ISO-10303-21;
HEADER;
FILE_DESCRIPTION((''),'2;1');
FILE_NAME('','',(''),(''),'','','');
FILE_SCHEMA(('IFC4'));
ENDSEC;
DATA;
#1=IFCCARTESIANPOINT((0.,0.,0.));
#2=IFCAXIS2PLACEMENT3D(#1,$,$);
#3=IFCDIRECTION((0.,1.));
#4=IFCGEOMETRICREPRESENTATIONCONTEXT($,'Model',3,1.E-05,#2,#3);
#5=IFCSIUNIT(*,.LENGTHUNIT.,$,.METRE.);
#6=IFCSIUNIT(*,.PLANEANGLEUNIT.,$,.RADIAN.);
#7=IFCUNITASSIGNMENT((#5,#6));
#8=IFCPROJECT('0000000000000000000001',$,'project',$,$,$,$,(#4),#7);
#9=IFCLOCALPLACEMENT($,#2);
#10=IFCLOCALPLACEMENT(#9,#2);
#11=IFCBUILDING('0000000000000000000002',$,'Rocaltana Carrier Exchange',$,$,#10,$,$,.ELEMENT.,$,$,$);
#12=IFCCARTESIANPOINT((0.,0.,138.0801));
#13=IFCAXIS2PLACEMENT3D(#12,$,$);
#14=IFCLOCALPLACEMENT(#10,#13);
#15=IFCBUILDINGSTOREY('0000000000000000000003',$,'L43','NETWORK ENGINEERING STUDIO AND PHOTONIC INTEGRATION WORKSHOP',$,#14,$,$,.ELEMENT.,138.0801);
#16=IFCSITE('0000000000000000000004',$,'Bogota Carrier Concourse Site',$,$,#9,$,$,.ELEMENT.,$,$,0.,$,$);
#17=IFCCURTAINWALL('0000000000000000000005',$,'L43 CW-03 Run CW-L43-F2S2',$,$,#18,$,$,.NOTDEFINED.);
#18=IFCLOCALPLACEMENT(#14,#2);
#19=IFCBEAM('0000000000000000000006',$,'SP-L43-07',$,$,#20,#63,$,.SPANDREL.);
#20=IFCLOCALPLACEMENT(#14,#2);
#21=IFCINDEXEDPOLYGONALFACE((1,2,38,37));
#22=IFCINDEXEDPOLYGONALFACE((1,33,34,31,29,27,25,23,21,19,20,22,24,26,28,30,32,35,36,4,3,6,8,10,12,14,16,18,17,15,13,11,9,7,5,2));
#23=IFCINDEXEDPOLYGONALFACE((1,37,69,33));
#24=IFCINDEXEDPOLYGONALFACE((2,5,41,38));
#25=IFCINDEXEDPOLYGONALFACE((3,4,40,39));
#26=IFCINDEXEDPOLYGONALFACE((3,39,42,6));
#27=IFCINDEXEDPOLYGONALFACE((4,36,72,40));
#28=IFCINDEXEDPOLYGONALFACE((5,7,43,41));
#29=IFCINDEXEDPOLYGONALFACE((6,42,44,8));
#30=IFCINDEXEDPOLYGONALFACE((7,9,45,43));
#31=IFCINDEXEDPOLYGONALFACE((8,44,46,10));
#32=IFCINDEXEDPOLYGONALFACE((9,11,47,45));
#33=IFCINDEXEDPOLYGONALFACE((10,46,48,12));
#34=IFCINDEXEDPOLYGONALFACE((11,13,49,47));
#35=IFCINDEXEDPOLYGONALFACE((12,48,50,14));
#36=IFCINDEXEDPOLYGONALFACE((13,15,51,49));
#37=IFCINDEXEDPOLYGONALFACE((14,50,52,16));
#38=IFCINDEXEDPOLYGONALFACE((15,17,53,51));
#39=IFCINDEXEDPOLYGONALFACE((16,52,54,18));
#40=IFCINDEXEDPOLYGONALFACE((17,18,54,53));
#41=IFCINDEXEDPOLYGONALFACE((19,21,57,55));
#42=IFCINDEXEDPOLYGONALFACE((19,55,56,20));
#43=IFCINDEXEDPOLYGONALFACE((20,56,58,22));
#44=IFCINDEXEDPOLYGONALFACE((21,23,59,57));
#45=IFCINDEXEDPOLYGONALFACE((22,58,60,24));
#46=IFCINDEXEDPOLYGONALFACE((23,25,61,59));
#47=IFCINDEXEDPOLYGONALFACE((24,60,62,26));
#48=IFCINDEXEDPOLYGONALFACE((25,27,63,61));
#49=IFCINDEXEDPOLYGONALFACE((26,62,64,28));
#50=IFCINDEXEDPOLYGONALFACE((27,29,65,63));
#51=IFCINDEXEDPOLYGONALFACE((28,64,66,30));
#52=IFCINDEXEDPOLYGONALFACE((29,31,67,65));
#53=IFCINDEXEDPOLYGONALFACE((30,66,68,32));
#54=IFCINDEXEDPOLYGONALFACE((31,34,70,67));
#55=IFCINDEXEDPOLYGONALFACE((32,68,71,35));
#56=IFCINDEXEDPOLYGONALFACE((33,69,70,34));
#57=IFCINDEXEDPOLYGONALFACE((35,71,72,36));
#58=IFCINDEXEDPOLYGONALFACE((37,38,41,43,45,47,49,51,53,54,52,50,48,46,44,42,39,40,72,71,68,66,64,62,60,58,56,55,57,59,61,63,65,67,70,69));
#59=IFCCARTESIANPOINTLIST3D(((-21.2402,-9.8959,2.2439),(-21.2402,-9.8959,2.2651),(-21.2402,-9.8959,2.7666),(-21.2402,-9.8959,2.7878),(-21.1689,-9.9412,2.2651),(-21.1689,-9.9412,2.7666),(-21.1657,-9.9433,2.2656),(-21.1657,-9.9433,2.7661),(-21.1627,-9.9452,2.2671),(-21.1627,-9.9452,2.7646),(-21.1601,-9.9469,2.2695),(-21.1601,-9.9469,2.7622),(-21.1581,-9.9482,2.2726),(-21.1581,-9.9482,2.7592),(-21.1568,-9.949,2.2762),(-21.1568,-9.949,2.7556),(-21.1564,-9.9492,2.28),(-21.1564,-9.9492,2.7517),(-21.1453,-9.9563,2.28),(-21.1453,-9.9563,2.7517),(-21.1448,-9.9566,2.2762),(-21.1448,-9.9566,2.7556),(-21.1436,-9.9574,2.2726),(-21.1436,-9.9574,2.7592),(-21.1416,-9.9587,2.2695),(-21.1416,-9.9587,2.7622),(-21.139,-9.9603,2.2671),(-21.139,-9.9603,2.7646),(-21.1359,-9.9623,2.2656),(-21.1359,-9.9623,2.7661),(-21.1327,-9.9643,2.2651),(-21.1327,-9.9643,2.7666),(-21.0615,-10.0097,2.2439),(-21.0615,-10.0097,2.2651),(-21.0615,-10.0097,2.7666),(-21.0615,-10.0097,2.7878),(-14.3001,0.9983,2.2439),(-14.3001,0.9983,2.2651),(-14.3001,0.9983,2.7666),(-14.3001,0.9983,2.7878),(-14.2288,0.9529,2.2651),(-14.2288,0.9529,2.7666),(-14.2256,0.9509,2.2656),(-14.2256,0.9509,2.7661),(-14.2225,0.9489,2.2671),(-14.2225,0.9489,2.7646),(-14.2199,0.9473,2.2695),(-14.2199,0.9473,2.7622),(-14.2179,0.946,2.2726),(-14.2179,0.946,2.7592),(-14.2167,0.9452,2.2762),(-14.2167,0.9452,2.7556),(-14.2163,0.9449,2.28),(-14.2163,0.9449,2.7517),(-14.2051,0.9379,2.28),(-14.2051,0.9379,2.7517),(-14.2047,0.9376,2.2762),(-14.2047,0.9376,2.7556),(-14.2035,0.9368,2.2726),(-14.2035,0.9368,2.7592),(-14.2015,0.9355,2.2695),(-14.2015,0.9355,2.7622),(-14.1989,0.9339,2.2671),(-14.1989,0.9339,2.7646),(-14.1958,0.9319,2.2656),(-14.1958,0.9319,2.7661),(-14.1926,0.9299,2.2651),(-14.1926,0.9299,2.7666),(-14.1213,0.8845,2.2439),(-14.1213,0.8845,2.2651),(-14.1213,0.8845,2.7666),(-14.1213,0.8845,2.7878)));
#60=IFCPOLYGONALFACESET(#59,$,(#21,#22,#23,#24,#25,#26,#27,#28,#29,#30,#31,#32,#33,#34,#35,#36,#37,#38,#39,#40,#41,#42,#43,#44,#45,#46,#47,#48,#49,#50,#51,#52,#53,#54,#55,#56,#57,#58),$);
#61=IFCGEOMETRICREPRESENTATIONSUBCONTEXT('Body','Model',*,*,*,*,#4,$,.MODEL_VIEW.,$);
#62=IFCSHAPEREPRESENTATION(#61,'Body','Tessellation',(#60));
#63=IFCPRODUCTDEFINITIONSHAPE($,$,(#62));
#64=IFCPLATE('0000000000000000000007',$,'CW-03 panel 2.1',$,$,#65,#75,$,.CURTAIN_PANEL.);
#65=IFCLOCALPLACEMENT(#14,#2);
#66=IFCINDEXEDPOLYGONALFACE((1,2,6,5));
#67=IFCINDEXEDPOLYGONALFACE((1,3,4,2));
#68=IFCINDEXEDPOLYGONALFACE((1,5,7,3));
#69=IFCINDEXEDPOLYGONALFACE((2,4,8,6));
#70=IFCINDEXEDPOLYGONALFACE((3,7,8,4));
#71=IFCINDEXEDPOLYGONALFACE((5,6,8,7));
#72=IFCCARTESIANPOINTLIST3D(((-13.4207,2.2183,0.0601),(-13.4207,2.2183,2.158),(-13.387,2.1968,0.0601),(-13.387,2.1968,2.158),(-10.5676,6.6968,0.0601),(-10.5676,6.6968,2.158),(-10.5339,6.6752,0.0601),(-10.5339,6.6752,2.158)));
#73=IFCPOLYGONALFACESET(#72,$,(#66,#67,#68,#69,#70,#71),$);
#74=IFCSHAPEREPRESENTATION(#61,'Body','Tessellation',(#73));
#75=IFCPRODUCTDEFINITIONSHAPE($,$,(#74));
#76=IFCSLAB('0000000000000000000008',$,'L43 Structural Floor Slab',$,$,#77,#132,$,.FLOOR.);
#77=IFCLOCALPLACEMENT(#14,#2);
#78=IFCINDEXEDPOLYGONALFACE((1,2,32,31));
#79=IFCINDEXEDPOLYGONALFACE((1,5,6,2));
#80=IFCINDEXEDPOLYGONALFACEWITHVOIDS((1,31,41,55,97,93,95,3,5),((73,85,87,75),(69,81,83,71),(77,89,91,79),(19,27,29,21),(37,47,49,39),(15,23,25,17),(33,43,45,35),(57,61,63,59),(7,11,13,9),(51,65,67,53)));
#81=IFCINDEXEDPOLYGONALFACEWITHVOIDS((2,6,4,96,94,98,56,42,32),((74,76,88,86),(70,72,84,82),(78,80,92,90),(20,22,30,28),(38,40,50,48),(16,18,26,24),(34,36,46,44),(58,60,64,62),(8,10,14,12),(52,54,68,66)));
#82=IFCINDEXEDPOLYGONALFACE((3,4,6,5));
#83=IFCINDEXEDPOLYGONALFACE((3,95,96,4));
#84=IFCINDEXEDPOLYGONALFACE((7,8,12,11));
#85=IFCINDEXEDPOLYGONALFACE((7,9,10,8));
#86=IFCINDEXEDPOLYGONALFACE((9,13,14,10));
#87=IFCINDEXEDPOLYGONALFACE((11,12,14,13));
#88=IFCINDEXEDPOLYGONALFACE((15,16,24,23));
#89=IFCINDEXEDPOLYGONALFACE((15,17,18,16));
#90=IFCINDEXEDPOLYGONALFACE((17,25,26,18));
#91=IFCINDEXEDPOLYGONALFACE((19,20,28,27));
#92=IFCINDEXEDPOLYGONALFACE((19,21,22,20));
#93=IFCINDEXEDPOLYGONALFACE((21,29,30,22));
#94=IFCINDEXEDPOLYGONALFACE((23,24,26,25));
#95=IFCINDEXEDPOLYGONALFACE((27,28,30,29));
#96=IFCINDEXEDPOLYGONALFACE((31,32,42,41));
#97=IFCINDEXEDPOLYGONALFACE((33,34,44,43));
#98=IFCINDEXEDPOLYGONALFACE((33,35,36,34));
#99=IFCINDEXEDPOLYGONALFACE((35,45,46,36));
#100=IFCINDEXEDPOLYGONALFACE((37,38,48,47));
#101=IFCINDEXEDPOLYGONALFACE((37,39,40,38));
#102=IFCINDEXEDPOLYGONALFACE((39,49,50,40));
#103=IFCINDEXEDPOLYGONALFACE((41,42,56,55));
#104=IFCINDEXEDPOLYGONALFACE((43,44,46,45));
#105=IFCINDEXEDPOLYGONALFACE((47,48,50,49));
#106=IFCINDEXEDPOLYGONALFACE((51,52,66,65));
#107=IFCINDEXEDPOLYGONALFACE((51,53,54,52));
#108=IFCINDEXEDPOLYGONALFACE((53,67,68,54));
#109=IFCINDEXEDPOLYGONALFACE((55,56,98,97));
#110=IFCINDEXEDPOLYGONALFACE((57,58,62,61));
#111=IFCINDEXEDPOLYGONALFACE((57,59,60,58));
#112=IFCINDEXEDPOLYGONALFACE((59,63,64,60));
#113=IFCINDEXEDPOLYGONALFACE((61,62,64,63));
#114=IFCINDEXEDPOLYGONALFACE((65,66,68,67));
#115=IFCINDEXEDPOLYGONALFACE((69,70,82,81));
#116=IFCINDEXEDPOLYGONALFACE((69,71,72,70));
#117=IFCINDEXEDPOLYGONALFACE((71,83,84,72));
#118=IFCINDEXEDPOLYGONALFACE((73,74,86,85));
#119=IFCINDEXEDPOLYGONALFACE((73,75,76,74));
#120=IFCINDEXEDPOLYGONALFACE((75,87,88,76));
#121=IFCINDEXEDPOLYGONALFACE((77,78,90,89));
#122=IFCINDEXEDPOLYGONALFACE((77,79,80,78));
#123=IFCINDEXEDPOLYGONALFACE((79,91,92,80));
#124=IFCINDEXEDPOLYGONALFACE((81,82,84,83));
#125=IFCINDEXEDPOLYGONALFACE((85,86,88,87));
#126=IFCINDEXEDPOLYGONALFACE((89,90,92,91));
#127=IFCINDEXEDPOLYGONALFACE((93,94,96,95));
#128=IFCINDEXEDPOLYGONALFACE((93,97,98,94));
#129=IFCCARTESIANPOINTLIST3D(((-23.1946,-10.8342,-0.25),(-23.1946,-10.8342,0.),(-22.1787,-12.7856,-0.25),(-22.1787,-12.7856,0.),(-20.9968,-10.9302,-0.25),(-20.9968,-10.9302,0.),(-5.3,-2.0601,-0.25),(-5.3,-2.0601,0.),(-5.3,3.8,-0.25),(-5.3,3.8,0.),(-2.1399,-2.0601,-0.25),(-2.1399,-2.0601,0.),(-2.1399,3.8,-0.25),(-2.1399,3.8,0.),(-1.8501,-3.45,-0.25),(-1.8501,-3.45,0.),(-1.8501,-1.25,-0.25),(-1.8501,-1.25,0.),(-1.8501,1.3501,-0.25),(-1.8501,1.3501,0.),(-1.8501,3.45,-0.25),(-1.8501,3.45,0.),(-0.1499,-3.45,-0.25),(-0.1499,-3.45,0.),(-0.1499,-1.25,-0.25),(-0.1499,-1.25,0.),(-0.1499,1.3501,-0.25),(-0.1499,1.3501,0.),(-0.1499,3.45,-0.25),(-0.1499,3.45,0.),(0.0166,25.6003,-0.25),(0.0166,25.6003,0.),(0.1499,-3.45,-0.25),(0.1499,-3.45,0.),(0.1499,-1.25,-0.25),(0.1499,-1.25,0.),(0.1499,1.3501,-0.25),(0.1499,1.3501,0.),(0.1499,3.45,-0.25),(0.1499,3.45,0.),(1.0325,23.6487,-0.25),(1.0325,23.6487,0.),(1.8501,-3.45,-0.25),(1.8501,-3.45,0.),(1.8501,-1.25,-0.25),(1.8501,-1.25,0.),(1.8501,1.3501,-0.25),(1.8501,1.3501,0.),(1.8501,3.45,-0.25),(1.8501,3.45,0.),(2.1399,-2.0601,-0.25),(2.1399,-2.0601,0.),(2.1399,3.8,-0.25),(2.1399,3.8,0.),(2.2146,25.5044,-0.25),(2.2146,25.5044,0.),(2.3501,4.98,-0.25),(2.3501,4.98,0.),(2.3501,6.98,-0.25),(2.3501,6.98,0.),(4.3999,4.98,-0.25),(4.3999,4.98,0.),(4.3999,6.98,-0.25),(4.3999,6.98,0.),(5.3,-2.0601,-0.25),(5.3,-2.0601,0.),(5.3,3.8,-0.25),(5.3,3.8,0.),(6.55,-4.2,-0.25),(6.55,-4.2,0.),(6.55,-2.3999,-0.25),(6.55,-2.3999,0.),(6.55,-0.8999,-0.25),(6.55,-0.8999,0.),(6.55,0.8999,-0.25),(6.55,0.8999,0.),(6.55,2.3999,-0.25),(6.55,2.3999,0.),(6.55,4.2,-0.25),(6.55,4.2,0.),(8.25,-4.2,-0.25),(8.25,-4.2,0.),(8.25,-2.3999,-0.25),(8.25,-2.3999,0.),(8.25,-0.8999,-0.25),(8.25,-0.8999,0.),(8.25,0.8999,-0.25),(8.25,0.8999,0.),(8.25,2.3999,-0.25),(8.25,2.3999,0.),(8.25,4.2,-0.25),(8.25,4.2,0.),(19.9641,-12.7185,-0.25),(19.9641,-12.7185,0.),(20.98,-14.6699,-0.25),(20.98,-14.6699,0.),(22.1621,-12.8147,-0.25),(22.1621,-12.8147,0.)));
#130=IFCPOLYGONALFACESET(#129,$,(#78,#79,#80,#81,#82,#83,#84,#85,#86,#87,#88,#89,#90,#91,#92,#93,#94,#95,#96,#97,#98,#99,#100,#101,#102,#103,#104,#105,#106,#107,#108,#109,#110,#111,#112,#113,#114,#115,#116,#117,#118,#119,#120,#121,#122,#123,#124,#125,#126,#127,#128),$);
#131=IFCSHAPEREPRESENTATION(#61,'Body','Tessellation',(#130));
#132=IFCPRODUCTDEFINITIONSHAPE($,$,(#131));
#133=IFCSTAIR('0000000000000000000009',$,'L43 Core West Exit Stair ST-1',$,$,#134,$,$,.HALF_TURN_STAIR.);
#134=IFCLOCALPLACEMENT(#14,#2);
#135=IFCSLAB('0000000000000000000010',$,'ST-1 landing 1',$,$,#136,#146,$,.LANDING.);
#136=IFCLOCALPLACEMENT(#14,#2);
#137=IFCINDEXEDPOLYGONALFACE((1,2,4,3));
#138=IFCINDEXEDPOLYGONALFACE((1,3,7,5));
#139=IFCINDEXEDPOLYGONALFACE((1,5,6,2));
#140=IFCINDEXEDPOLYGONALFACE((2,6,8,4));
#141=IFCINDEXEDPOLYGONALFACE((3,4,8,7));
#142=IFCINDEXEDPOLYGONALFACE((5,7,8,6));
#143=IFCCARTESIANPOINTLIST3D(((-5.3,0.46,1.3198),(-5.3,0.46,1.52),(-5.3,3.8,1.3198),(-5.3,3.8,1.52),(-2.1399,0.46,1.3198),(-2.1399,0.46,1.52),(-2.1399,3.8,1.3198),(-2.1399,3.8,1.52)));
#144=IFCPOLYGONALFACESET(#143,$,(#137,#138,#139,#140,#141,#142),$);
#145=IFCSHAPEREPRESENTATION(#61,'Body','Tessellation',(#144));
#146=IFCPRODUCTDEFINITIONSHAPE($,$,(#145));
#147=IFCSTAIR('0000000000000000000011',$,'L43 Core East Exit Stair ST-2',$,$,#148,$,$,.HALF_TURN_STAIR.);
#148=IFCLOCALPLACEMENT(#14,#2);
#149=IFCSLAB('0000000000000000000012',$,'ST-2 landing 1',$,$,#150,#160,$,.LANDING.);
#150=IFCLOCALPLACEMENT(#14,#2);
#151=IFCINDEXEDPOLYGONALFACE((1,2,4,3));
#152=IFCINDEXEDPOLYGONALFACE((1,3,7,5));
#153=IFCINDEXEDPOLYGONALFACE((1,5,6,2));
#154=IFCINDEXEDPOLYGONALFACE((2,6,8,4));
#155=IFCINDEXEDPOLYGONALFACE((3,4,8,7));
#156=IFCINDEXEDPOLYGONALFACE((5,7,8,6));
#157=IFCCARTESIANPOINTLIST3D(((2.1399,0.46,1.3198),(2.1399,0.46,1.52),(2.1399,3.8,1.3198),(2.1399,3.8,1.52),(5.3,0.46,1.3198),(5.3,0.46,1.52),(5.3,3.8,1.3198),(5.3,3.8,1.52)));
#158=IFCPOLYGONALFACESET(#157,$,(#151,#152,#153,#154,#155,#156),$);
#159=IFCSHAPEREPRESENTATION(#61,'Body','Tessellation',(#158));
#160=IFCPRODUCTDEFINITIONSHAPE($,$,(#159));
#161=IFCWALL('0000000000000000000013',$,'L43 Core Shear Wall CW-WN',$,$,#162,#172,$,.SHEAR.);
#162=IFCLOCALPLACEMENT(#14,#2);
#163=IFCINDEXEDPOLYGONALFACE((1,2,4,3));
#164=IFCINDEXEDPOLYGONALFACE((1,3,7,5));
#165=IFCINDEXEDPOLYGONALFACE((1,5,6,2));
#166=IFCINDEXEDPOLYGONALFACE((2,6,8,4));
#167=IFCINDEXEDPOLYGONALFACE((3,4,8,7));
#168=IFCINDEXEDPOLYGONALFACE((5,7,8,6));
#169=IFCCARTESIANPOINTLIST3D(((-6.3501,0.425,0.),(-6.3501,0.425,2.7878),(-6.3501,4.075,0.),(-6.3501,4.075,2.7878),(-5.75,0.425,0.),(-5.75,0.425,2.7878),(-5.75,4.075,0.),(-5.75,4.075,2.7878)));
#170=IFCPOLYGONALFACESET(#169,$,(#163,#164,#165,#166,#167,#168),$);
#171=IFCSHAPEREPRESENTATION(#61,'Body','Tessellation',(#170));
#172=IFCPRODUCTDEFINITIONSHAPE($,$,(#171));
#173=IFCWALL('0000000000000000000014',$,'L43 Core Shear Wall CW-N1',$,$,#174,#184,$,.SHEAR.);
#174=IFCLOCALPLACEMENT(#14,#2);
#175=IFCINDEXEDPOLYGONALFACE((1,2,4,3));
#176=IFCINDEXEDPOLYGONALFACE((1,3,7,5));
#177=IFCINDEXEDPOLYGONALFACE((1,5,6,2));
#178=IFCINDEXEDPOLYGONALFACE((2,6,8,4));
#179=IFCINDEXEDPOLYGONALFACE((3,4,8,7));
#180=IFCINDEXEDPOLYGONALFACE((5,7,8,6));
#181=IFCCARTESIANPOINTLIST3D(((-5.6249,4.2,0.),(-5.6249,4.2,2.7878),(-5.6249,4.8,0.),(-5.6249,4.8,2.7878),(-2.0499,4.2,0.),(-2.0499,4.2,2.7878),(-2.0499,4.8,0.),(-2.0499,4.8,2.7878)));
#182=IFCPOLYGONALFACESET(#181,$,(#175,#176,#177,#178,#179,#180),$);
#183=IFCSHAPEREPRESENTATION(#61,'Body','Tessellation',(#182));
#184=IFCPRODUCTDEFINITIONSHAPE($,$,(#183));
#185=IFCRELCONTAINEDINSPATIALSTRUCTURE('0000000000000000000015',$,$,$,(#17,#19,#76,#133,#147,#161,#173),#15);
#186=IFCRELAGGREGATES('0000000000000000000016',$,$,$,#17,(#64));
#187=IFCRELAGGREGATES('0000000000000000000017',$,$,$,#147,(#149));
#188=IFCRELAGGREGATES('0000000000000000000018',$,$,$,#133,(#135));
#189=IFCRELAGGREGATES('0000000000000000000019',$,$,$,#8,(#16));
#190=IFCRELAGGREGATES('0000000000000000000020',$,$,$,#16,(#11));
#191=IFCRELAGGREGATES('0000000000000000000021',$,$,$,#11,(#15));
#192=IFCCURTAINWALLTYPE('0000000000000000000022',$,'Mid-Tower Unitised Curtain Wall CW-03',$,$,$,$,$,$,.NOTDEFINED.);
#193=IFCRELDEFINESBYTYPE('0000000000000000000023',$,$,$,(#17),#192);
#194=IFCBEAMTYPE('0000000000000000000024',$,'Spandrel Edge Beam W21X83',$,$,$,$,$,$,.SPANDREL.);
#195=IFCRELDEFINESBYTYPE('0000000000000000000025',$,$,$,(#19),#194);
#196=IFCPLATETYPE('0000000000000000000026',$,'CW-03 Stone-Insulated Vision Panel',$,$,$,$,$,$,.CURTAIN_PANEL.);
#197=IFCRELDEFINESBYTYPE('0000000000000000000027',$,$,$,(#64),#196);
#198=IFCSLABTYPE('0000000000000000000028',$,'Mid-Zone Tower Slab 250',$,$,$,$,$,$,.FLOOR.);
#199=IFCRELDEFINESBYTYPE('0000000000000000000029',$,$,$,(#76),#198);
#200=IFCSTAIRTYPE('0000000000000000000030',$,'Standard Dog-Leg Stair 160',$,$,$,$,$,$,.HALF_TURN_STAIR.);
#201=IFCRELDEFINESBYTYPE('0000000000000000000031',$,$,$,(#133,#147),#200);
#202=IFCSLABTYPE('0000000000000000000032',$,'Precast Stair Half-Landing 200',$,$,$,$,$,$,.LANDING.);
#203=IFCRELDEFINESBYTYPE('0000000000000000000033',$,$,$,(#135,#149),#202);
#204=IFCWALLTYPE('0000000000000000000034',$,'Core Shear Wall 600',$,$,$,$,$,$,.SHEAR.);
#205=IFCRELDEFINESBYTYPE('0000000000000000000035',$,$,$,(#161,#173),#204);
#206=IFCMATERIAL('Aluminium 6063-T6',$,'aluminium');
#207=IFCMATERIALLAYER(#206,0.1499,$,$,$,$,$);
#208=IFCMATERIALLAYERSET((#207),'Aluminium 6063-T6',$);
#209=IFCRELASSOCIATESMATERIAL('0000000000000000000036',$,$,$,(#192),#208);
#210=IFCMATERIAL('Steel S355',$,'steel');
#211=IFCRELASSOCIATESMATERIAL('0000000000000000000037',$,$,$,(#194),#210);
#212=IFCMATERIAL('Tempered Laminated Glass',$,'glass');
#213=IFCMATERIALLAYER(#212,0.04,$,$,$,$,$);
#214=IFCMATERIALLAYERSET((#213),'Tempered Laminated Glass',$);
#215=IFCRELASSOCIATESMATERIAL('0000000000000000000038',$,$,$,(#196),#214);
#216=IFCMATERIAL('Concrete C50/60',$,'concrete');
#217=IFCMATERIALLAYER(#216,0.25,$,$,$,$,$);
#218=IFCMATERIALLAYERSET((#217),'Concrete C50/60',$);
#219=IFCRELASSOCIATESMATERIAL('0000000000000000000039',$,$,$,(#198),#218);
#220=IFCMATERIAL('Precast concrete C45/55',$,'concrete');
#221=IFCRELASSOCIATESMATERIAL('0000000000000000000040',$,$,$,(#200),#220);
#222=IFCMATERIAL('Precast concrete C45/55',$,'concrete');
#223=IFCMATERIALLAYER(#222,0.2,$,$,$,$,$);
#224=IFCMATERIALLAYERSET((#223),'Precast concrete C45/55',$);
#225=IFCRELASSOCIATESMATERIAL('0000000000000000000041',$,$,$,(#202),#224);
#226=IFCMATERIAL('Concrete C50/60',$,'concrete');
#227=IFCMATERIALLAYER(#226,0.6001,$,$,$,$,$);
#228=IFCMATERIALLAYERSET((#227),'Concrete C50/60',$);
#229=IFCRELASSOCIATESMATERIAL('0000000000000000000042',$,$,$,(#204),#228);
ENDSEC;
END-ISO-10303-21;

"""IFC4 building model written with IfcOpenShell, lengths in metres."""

from ifc_helpers import new_model, si_unit, direction, frame, frame_2d, origin, origin_2d, place, context, subcontext, project, spatial, polyline, rectangle, i_section, outline, extrude, material, layer, layer_set, material_profile, profile_set, type_object, element, aggregate, save


model = new_model("IFC4")

# Units and contexts
model_context = context("Model", 3, precision=1e-05, world=origin(), true_north=direction((0.0, 1.0)))
body_context = subcontext(model_context, "Body", "Model", "MODEL_VIEW")
ifc_project = project(units=[si_unit("LENGTHUNIT", "METRE"), si_unit("PLANEANGLEUNIT", "RADIAN")], contexts=[model_context])

# Site, building, storey
site_placement = place(None, origin())
site = spatial("IfcSite", under=ifc_project, at=site_placement, Name="Bogota Carrier Concourse Site", CompositionType="ELEMENT", RefElevation=0.0)
building_placement = place(site_placement, origin())
building = spatial("IfcBuilding", under=site, at=building_placement, Name="Rocaltana Carrier Exchange", CompositionType="ELEMENT")
storey_placement = place(building_placement, frame((0.0, 0.0, 138.0801)))
storey = spatial("IfcBuildingStorey", under=building, at=storey_placement, Name="L43", Description="NETWORK ENGINEERING STUDIO AND PHOTONIC INTEGRATION WORKSHOP", CompositionType="ELEMENT", Elevation=138.0801)

# Curtain wall
ifc_material_1 = material(Name="Aluminium 6063-T6", Category="aluminium")
ifc_layer_1 = layer(ifc_material_1, 0.1499)
ifc_layer_set_1 = layer_set([ifc_layer_1], Name="Aluminium 6063-T6")
curtain_wall_type = type_object("IfcCurtainWallType", Name="Mid-Tower Unitised Curtain Wall CW-03", PredefinedType="NOTDEFINED", material=ifc_layer_set_1)
curtain_wall_1_placement = place(storey_placement, origin())
curtain_wall_1 = element("IfcCurtainWall", 1, at=curtain_wall_1_placement, inside=storey, type_object=curtain_wall_type, Name="L43 CW-03 Run CW-L43-F2S2", PredefinedType="NOTDEFINED")

# Beam
ifc_material_2 = material(Name="Steel S355", Category="steel")
ifc_material_profile_1 = material_profile(ifc_material_2, i_section(OverallWidth=0.2119, OverallDepth=0.5439, WebThickness=0.0132, FlangeThickness=0.0212, FilletRadius=0.0149, at=origin_2d()), Name="W21X83")
ifc_profile_set_1 = profile_set([ifc_material_profile_1], Name="Steel S355")
beam_type_1 = type_object("IfcBeamType", Name="Spandrel Edge Beam W21X83", PredefinedType="SPANDREL", material=ifc_profile_set_1)
beam_1_placement = place(storey_placement, frame((-14.2107, 0.9414, 2.5159), z_axis=(-0.537286, -0.8434, 0.0), x_axis=(0.8434, -0.537286, 0.0)))
element("IfcBeam", 2, at=beam_1_placement, inside=storey, type_object=beam_type_1, Name="SP-L43-07", PredefinedType="SPANDREL", context=body_context, shape_type="SweptSolid", body=[
    extrude(i_section(OverallWidth=0.2119, OverallDepth=0.5439, WebThickness=0.0132, FlangeThickness=0.0212, FilletRadius=0.0149, at=origin_2d()), origin(), (0.0, 0.0, 1.0), 12.917),
])

# Plate
ifc_material_3 = material(Name="Tempered Laminated Glass", Category="glass")
ifc_layer_2 = layer(ifc_material_3, 0.04)
ifc_layer_set_2 = layer_set([ifc_layer_2], Name="Tempered Laminated Glass")
plate_type = type_object("IfcPlateType", Name="CW-03 Stone-Insulated Vision Panel", PredefinedType="CURTAIN_PANEL", material=ifc_layer_set_2)
plate_placement = place(storey_placement, frame((-11.9773, 4.4468, 0.0601), z_axis=(0.0, 0.0, 1.0), x_axis=(-0.537301, -0.843391, 0.0)))
plate = element("IfcPlate", 3, at=plate_placement, type_object=plate_type, Name="CW-03 panel 2.1", PredefinedType="CURTAIN_PANEL", context=body_context, shape_type="SweptSolid", body=[
    extrude(rectangle(XDim=5.3101, YDim=0.04, at=origin_2d()), origin(), (0.0, 0.0, 1.0), 2.0979),
])
aggregate(curtain_wall_1, [plate])

# Slab
ifc_material_4 = material(Name="Concrete C50/60", Category="concrete")
ifc_layer_3 = layer(ifc_material_4, 0.25)
ifc_layer_set_3 = layer_set([ifc_layer_3], Name="Concrete C50/60")
slab_type_1 = type_object("IfcSlabType", Name="Mid-Zone Tower Slab 250", PredefinedType="FLOOR", material=ifc_layer_set_3)
slab_1_placement = place(storey_placement, frame((0.0, 0.0, -0.25)))
element("IfcSlab", 4, at=slab_1_placement, inside=storey, type_object=slab_type_1, Name="L43 Structural Floor Slab", PredefinedType="FLOOR", context=body_context, shape_type="SweptSolid", body=[
    extrude(outline(polyline([(20.98, -14.6699), (19.9641, -12.7185), (22.1621, -12.8147), (2.2146, 25.5044), (1.0325, 23.6487), (0.0166, 25.6003), (-23.1946, -10.8342), (-20.9968, -10.9302), (-22.1787, -12.7856), (20.98, -14.6699)]), holes=[polyline([(-5.3, -2.0601), (-2.1399, -2.0601), (-2.1399, 3.8), (-5.3, 3.8), (-5.3, -2.0601)]), polyline([(2.1399, -2.0601), (5.3, -2.0601), (5.3, 3.8), (2.1399, 3.8), (2.1399, -2.0601)]), polyline([(-1.8501, -3.45), (-0.1499, -3.45), (-0.1499, -1.25), (-1.8501, -1.25), (-1.8501, -3.45)]), polyline([(0.1499, -3.45), (1.8501, -3.45), (1.8501, -1.25), (0.1499, -1.25), (0.1499, -3.45)]), polyline([(2.3501, 4.98), (4.3999, 4.98), (4.3999, 6.98), (2.3501, 6.98), (2.3501, 4.98)]), polyline([(-1.8501, 1.3501), (-0.1499, 1.3501), (-0.1499, 3.45), (-1.8501, 3.45), (-1.8501, 1.3501)]), polyline([(0.1499, 1.3501), (1.8501, 1.3501), (1.8501, 3.45), (0.1499, 3.45), (0.1499, 1.3501)]), polyline([(6.55, -4.2), (8.25, -4.2), (8.25, -2.3999), (6.55, -2.3999), (6.55, -4.2)]), polyline([(6.55, -0.8999), (8.25, -0.8999), (8.25, 0.8999), (6.55, 0.8999), (6.55, -0.8999)]), polyline([(6.55, 2.3999), (8.25, 2.3999), (8.25, 4.2), (6.55, 4.2), (6.55, 2.3999)])]), origin(), (0.0, 0.0, 1.0), 0.25),
])

# Stairs, slabs
ifc_material_5 = material(Name="Precast concrete C45/55", Category="concrete")
stair_type = type_object("IfcStairType", Name="Standard Dog-Leg Stair 160", PredefinedType="HALF_TURN_STAIR", material=ifc_material_5)
stair_1_placement = place(storey_placement, origin())
stair_1 = element("IfcStair", 5, at=stair_1_placement, inside=storey, type_object=stair_type, Name="L43 Core West Exit Stair ST-1", PredefinedType="HALF_TURN_STAIR")
ifc_material_6 = material(Name="Precast concrete C45/55", Category="concrete")
ifc_layer_4 = layer(ifc_material_6, 0.2)
ifc_layer_set_4 = layer_set([ifc_layer_4], Name="Precast concrete C45/55")
slab_type_2 = type_object("IfcSlabType", Name="Precast Stair Half-Landing 200", PredefinedType="LANDING", material=ifc_layer_set_4)
slab_2_placement = place(storey_placement, frame((0.0, 0.0, 1.3198)))
slab_2 = element("IfcSlab", 6, at=slab_2_placement, type_object=slab_type_2, Name="ST-1 landing 1", PredefinedType="LANDING", context=body_context, shape_type="SweptSolid", body=[
    extrude(outline(polyline([(-2.1399, 0.46), (-2.1399, 3.8), (-5.3, 3.8), (-5.3, 0.46), (-2.1399, 0.46)])), origin(), (0.0, 0.0, 1.0), 0.2002),
])
stair_2_placement = place(storey_placement, origin())
stair_2 = element("IfcStair", 7, at=stair_2_placement, inside=storey, type_object=stair_type, Name="L43 Core East Exit Stair ST-2", PredefinedType="HALF_TURN_STAIR")
slab_3_placement = place(storey_placement, frame((0.0, 0.0, 1.3198)))
slab_3 = element("IfcSlab", 8, at=slab_3_placement, type_object=slab_type_2, Name="ST-2 landing 1", PredefinedType="LANDING", context=body_context, shape_type="SweptSolid", body=[
    extrude(outline(polyline([(5.3, 0.46), (5.3, 3.8), (2.1399, 3.8), (2.1399, 0.46), (5.3, 0.46)])), origin(), (0.0, 0.0, 1.0), 0.2002),
])
aggregate(stair_2, [slab_3])

# Walls
ifc_material_7 = material(Name="Concrete C50/60", Category="concrete")
ifc_layer_5 = layer(ifc_material_7, 0.6001)
ifc_layer_set_5 = layer_set([ifc_layer_5], Name="Concrete C50/60")
wall_type_1 = type_object("IfcWallType", Name="Core Shear Wall 600", PredefinedType="SHEAR", material=ifc_layer_set_5)
wall_1_placement = place(storey_placement, frame((-6.05, 0.425, 0.0), z_axis=(0.0, 0.0, 1.0), x_axis=(0.0, 1.0, 0.0)))
element("IfcWall", 9, at=wall_1_placement, inside=storey, type_object=wall_type_1, Name="L43 Core Shear Wall CW-WN", PredefinedType="SHEAR", context=body_context, shape_type="SweptSolid", body=[
    extrude(rectangle(XDim=3.6499, YDim=0.6001, at=frame_2d((1.825, 0.0))), origin(), (0.0, 0.0, 1.0), 2.7878),
])
wall_2_placement = place(storey_placement, frame((-5.625, 4.5, 0.0), z_axis=(0.0, 0.0, 1.0), x_axis=(1.0, 0.0, 0.0)))
element("IfcWall", 10, at=wall_2_placement, inside=storey, type_object=wall_type_1, Name="L43 Core Shear Wall CW-N1", PredefinedType="SHEAR", context=body_context, shape_type="SweptSolid", body=[
    extrude(rectangle(XDim=3.575, YDim=0.6001, at=frame_2d((1.7876, 0.0))), origin(), (0.0, 0.0, 1.0), 2.7878),
])

aggregate(stair_1, [slab_2])

save(model, "model.ifc")
